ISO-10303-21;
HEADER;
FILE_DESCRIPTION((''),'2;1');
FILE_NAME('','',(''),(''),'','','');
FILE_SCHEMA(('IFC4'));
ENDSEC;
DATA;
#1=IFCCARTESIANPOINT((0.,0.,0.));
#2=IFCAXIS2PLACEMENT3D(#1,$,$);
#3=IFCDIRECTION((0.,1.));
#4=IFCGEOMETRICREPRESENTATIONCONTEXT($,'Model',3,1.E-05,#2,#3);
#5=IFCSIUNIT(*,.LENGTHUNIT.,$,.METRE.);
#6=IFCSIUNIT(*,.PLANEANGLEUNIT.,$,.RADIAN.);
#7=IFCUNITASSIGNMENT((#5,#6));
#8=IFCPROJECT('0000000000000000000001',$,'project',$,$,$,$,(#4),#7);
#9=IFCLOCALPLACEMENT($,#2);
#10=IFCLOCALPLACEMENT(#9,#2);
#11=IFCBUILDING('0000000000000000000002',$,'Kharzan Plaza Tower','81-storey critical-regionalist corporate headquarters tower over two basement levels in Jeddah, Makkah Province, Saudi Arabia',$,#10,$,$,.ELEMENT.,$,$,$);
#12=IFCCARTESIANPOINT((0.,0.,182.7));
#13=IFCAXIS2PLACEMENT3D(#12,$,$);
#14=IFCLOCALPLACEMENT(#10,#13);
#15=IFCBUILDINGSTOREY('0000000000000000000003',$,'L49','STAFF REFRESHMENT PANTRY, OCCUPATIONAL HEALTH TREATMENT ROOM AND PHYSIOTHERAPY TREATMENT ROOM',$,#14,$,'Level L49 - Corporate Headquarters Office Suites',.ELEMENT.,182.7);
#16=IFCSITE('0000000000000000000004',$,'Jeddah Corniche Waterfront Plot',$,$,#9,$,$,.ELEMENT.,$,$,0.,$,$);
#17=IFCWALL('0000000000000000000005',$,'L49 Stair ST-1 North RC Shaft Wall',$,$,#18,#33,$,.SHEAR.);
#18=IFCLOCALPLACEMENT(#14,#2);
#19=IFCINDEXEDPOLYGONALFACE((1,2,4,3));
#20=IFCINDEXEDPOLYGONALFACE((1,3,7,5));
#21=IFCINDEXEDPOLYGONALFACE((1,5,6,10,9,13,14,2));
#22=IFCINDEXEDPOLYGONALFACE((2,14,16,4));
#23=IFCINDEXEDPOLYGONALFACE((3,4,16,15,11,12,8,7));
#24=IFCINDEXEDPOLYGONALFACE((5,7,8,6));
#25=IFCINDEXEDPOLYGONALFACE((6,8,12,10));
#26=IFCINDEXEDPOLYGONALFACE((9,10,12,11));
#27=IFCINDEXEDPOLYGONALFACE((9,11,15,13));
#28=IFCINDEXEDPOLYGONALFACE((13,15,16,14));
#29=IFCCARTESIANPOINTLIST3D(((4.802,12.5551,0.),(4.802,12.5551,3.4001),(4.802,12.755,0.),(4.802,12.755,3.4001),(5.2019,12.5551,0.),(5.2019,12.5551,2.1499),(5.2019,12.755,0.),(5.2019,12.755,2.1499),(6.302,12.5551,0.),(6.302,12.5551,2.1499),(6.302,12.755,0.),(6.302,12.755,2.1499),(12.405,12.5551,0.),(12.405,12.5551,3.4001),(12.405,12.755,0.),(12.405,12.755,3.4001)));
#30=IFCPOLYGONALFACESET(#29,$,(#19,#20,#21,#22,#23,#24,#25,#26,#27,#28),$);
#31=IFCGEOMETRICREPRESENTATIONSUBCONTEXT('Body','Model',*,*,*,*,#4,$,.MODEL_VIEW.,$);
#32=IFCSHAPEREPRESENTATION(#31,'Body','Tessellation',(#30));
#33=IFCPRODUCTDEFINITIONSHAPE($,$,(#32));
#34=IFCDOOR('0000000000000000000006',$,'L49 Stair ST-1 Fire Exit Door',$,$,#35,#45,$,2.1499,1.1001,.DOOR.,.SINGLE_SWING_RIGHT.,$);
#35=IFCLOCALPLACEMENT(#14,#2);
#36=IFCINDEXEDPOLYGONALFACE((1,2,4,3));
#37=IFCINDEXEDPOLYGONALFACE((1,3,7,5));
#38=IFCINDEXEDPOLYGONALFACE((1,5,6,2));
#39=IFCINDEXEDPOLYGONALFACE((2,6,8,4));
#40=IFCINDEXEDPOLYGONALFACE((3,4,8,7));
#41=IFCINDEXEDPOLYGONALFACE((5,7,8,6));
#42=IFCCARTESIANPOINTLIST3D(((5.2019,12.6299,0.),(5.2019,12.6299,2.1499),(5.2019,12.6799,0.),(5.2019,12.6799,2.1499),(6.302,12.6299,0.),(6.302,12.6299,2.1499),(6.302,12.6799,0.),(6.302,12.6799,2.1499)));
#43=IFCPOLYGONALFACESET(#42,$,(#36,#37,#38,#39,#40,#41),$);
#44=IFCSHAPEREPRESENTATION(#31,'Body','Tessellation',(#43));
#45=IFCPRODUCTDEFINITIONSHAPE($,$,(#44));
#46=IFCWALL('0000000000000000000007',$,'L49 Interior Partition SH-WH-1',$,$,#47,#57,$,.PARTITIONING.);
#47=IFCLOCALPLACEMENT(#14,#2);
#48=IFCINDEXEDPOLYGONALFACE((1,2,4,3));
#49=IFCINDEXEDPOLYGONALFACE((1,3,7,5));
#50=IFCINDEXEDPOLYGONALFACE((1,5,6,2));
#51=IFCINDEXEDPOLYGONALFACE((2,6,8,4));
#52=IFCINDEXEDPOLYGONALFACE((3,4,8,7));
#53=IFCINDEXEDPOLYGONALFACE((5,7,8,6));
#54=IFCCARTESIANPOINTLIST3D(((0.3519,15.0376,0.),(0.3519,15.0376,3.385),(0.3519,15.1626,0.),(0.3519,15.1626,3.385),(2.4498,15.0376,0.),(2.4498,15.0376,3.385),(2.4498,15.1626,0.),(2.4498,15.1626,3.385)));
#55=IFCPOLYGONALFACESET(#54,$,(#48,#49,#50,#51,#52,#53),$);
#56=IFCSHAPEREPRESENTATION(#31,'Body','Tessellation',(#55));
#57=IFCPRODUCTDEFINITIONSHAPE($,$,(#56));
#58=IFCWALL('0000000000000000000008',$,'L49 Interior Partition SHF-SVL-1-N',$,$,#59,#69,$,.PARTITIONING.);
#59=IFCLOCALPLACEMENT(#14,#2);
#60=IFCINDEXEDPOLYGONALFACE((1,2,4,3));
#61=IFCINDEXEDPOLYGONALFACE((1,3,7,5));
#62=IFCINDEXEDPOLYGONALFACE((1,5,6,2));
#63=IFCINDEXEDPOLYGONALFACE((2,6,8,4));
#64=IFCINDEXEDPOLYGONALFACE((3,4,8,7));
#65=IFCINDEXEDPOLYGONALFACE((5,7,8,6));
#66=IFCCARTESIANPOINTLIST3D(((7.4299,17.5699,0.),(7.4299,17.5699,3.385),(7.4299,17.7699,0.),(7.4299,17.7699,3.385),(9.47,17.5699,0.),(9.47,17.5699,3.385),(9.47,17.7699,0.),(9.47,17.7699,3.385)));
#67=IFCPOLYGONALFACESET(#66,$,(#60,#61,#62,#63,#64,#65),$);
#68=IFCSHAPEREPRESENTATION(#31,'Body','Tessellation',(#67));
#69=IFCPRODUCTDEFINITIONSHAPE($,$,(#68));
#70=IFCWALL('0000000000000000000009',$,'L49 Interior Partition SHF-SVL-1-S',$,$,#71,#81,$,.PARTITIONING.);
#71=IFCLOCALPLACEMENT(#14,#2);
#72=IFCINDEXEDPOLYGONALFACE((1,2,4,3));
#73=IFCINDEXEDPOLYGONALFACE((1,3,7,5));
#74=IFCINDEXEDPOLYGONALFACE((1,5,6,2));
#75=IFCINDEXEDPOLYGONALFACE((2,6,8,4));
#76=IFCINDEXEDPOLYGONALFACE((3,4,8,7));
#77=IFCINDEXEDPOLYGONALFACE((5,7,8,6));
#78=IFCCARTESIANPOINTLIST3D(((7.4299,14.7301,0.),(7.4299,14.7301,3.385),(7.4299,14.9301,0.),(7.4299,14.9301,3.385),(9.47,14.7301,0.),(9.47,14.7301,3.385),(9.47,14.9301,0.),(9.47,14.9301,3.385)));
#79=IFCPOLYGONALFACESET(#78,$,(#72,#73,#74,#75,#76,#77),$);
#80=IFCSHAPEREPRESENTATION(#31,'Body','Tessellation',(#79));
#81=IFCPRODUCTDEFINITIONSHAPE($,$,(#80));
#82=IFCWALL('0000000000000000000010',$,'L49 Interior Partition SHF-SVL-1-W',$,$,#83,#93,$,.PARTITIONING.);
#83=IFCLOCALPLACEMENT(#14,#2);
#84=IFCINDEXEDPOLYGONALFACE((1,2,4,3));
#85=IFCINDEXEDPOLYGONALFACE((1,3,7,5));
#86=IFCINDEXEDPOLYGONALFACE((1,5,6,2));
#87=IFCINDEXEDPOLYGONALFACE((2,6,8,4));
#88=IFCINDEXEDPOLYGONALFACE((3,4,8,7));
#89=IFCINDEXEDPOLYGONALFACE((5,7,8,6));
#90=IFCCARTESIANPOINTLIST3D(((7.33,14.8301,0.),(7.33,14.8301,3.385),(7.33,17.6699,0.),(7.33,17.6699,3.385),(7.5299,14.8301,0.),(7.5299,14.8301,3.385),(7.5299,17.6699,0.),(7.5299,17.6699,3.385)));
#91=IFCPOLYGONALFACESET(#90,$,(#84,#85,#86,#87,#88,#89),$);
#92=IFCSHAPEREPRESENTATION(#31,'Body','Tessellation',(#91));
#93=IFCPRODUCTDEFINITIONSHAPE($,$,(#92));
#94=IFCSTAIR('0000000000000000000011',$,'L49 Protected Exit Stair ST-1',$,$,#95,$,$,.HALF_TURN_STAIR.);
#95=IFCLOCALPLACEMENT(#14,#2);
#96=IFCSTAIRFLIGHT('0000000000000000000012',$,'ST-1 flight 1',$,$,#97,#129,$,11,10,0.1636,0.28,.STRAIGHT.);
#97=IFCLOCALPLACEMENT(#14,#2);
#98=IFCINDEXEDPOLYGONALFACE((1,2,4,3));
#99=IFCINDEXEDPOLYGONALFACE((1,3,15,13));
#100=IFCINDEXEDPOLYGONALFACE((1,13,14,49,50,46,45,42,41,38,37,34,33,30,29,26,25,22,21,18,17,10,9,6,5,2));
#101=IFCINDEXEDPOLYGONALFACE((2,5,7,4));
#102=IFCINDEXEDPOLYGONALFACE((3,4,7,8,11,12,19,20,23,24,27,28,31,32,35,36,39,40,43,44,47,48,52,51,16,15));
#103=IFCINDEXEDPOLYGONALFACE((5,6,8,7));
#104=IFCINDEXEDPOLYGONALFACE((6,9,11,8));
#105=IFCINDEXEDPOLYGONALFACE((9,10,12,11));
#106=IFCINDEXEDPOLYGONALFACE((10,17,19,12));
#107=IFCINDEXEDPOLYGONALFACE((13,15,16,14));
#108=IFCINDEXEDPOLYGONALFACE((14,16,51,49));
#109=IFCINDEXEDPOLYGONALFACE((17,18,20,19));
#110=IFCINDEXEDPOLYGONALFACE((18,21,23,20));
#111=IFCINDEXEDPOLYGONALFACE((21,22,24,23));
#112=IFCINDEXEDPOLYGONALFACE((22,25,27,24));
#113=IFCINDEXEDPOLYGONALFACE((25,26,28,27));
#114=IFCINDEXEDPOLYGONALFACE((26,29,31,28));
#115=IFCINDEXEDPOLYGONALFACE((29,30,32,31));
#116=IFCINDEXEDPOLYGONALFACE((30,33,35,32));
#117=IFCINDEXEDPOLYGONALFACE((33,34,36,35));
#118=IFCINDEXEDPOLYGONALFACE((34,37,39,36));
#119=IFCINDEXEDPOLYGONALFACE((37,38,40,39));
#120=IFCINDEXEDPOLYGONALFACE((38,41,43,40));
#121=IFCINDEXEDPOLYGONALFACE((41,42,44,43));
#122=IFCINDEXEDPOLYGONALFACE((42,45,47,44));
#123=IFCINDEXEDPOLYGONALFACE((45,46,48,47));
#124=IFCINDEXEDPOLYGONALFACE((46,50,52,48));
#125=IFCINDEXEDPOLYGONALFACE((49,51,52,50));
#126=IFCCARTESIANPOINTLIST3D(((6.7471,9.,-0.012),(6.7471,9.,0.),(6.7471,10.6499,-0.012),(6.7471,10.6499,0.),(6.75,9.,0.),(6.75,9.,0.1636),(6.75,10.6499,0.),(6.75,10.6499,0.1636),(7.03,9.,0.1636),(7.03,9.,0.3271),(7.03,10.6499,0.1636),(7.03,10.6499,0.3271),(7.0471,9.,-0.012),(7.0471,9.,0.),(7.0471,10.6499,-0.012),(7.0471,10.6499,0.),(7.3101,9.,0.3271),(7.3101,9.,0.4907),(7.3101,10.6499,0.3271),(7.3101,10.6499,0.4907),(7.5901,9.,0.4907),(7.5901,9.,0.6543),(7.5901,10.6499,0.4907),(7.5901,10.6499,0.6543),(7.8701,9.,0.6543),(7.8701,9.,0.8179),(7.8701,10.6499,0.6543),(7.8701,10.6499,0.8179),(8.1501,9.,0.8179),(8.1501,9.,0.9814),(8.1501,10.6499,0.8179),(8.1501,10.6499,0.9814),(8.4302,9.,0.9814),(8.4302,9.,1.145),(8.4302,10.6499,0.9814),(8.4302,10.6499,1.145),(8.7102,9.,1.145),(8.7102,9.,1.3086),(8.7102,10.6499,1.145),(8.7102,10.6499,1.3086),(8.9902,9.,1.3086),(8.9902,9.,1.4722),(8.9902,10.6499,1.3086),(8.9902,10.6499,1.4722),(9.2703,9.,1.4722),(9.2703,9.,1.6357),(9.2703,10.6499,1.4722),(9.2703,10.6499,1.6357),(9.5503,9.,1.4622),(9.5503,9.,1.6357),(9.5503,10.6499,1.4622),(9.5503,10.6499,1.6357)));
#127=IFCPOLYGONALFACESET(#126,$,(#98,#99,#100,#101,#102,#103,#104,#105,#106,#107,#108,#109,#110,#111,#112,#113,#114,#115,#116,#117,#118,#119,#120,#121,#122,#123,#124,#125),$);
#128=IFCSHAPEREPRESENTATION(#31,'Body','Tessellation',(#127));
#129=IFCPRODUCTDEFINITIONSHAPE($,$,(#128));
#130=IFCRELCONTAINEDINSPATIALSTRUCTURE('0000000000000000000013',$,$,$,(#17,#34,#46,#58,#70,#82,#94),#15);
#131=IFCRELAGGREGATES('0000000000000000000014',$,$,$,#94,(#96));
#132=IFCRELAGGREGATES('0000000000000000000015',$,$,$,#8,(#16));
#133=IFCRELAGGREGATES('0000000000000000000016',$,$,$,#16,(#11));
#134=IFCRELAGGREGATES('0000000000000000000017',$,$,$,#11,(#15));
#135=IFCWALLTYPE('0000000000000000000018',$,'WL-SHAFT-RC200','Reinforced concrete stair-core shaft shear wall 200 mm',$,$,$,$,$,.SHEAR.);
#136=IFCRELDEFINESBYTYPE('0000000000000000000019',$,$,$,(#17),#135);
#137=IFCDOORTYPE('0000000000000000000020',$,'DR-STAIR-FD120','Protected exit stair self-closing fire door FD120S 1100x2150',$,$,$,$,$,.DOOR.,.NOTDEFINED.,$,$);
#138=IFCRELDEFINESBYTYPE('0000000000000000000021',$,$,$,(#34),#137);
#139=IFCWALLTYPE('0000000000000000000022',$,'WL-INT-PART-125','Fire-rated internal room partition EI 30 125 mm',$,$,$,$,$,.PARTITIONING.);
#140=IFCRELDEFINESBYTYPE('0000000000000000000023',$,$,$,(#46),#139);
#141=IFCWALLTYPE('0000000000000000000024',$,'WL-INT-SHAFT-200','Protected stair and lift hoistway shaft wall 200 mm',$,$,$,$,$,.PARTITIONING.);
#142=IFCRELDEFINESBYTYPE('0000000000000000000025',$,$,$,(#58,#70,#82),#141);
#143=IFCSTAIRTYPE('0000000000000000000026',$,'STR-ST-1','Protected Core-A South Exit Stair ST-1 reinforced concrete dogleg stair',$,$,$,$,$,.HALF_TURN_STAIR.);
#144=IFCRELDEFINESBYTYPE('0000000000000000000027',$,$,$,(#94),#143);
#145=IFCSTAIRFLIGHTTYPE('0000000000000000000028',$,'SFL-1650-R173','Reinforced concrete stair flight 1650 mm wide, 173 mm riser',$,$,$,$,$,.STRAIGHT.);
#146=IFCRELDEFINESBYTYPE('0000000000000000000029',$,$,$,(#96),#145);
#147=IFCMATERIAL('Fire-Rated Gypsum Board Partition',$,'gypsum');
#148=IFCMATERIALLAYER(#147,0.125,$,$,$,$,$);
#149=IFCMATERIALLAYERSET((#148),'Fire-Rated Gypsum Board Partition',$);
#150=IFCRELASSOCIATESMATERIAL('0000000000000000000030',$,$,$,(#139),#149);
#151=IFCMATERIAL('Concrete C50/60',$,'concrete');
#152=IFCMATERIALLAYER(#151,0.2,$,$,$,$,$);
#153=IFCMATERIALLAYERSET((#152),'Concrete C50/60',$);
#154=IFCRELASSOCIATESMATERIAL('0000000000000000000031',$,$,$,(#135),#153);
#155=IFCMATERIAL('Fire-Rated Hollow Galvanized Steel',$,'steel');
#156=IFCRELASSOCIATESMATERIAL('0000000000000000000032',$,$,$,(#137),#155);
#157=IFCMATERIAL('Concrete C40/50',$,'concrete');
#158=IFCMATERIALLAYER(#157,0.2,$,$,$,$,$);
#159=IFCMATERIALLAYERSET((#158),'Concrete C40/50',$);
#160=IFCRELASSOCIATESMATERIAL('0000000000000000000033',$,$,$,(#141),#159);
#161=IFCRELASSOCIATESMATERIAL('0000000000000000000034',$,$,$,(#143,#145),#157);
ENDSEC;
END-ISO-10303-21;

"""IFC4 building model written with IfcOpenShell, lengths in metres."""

from ifc_helpers import new_model, si_unit, direction, frame, frame_2d, origin, place, context, subcontext, project, spatial, polyline, rectangle, outline, extrude, source, transform, mapped, material, layer, layer_set, type_object, element, fill, aggregate, save


model = new_model("IFC4")

# Units and contexts
model_context = context("Model", 3, precision=1e-05, world=origin(), true_north=direction((0.0, 1.0)))
body_context = subcontext(model_context, "Body", "Model", "MODEL_VIEW")
ifc_project = project(units=[si_unit("LENGTHUNIT", "METRE"), si_unit("PLANEANGLEUNIT", "RADIAN")], contexts=[model_context])

# Site, building, storey
site_placement = place(None, origin())
site = spatial("IfcSite", under=ifc_project, at=site_placement, Name="Jeddah Corniche Waterfront Plot", CompositionType="ELEMENT", RefElevation=0.0)
building_placement = place(site_placement, origin())
building = spatial("IfcBuilding", under=site, at=building_placement, Name="Kharzan Plaza Tower", Description="81-storey critical-regionalist corporate headquarters tower over two basement levels in Jeddah, Makkah Province, Saudi Arabia", CompositionType="ELEMENT")
storey_placement = place(building_placement, frame((0.0, 0.0, 182.7)))
storey = spatial("IfcBuildingStorey", under=building, at=storey_placement, Name="L49", Description="STAFF REFRESHMENT PANTRY, OCCUPATIONAL HEALTH TREATMENT ROOM AND PHYSIOTHERAPY TREATMENT ROOM", LongName="Level L49 - Corporate Headquarters Office Suites", CompositionType="ELEMENT", Elevation=182.7)

# Shared definitions
ifc_material_1 = material(Name="Concrete C50/60", Category="concrete")

# Shared definitions
ifc_material_2 = material(Name="Concrete C40/50", Category="concrete")

# Wall, opening, door
ifc_material_3 = material(Name="Fire-Rated Gypsum Board Partition", Category="gypsum")
ifc_layer_1 = layer(ifc_material_3, 0.125)
ifc_layer_set_1 = layer_set([ifc_layer_1], Name="Fire-Rated Gypsum Board Partition")
wall_type_1 = type_object("IfcWallType", Name="WL-INT-PART-125", Description="Fire-rated internal room partition EI 30 125 mm", PredefinedType="PARTITIONING", material=ifc_layer_set_1)
ifc_layer_2 = layer(ifc_material_1, 0.2)
ifc_layer_set_2 = layer_set([ifc_layer_2], Name="Concrete C50/60")
wall_type_2 = type_object("IfcWallType", Name="WL-SHAFT-RC200", Description="Reinforced concrete stair-core shaft shear wall 200 mm", PredefinedType="SHEAR", material=ifc_layer_set_2)
wall_1_placement = place(storey_placement, frame((4.802, 12.655, 0.0), z_axis=(0.0, 0.0, 1.0), x_axis=(1.0, 0.0, 0.0)))
wall_1 = element("IfcWall", 1, at=wall_1_placement, inside=storey, type_object=wall_type_2, Name="L49 Stair ST-1 North RC Shaft Wall", PredefinedType="SHEAR", context=body_context, shape_type="SweptSolid", body=[
    extrude(rectangle(XDim=7.603, YDim=0.2, at=frame_2d((3.8015, 0.0))), origin(), (0.0, 0.0, 1.0), 3.4001),
])
opening_1_placement = place(wall_1_placement, frame((0.3999, 0.0, 0.0)))
opening_1 = element("IfcOpeningElement", 2, at=opening_1_placement, cuts=wall_1, PredefinedType="OPENING", context=body_context, shape_type="SweptSolid", body=[
    extrude(rectangle(XDim=1.1001, YDim=2.1499, at=frame_2d((0.55, 1.075))), frame((0.0, 0.1099, 0.0), z_axis=(0.0, -1.0, 0.0), x_axis=(1.0, 0.0, 0.0)), (0.0, 0.0, 1.0), 0.22),
])
ifc_material_4 = material(Name="Fire-Rated Hollow Galvanized Steel", Category="steel")
door_type_1 = type_object("IfcDoorType", Name="DR-STAIR-FD120", Description="Protected exit stair self-closing fire door FD120S 1100x2150", OperationType="NOTDEFINED", PredefinedType="DOOR", material=ifc_material_4)
shared_shape_1 = source(origin(), body_context, "Body", "SweptSolid", [
    extrude(rectangle(XDim=1.1001, YDim=2.1499, at=frame_2d((0.55, 1.075))), frame((0.0, 0.0249, 0.0), z_axis=(0.0, -1.0, 0.0), x_axis=(1.0, 0.0, 0.0)), (0.0, 0.0, 1.0), 0.05),
])
door_1_placement = place(opening_1_placement, origin())
door_1 = element("IfcDoor", 3, at=door_1_placement, inside=storey, type_object=door_type_1, Name="L49 Stair ST-1 Fire Exit Door", OperationType="SINGLE_SWING_RIGHT", OverallHeight=2.1499, OverallWidth=1.1001, PredefinedType="DOOR", context=body_context, shape_type="MappedRepresentation", body=[
    mapped(shared_shape_1, transform((0.0, 0.0, 0.0), x_axis=(1.0, 0.0, 0.0), y_axis=(0.0, 1.0, 0.0), z_axis=(0.0, 0.0, 1.0))),
])
fill(opening_1, door_1)

# Walls
shared_shape_2 = source(origin(), body_context, "Body", "SweptSolid", [
    extrude(rectangle(XDim=2.0979, YDim=0.125, at=frame_2d((1.0488, 0.0))), origin(), (0.0, 0.0, 1.0), 3.385),
])
wall_2_placement = place(storey_placement, frame((0.3521, 15.1001, 0.0), z_axis=(0.0, 0.0, 1.0), x_axis=(1.0, 0.0, 0.0)))
element("IfcWall", 4, at=wall_2_placement, inside=storey, type_object=wall_type_1, Name="L49 Interior Partition SH-WH-1", PredefinedType="PARTITIONING", context=body_context, shape_type="MappedRepresentation", body=[
    mapped(shared_shape_2, transform((0.0, 0.0, 0.0), x_axis=(1.0, 0.0, 0.0), y_axis=(0.0, 1.0, 0.0), z_axis=(0.0, 0.0, 1.0))),
])
ifc_layer_3 = layer(ifc_material_2, 0.2)
ifc_layer_set_3 = layer_set([ifc_layer_3], Name="Concrete C40/50")
wall_type_3 = type_object("IfcWallType", Name="WL-INT-SHAFT-200", Description="Protected stair and lift hoistway shaft wall 200 mm", PredefinedType="PARTITIONING", material=ifc_layer_set_3)
shared_shape_3 = source(origin(), body_context, "Body", "SweptSolid", [
    extrude(rectangle(XDim=2.04, YDim=0.2, at=frame_2d((1.02, 0.0))), origin(), (0.0, 0.0, 1.0), 3.385),
])
for number, where, z_axis, x_axis, name in (
    (5, (7.4299, 17.6699, 0.0), (0.0, 0.0, 1.0), (1.0, 0.0, 0.0), "L49 Interior Partition SHF-SVL-1-N"),
    (6, (7.4299, 14.8301, 0.0), (0.0, 0.0, 1.0), (1.0, 0.0, 0.0), "L49 Interior Partition SHF-SVL-1-S"),
):
    element("IfcWall", number, at=place(storey_placement, frame(where, z_axis=z_axis, x_axis=x_axis)), inside=storey, type_object=wall_type_3, Name=name, PredefinedType="PARTITIONING", context=body_context, shape_type="MappedRepresentation", body=[
        mapped(shared_shape_3, transform((0.0, 0.0, 0.0), x_axis=(1.0, 0.0, 0.0), y_axis=(0.0, 1.0, 0.0), z_axis=(0.0, 0.0, 1.0))),
    ])
shared_shape_4 = source(origin(), body_context, "Body", "SweptSolid", [
    extrude(rectangle(XDim=2.8398, YDim=0.2, at=frame_2d((1.4199, 0.0))), origin(), (0.0, 0.0, 1.0), 3.385),
])
wall_3_placement = place(storey_placement, frame((7.4299, 14.8301, 0.0), z_axis=(0.0, 0.0, 1.0), x_axis=(0.0, 1.0, 0.0)))
element("IfcWall", 7, at=wall_3_placement, inside=storey, type_object=wall_type_3, Name="L49 Interior Partition SHF-SVL-1-W", PredefinedType="PARTITIONING", context=body_context, shape_type="MappedRepresentation", body=[
    mapped(shared_shape_4, transform((0.0, 0.0, 0.0), x_axis=(1.0, 0.0, 0.0), y_axis=(0.0, 1.0, 0.0), z_axis=(0.0, 0.0, 1.0))),
])

# Stair, stair flight
stair_type = type_object("IfcStairType", Name="STR-ST-1", Description="Protected Core-A South Exit Stair ST-1 reinforced concrete dogleg stair", PredefinedType="HALF_TURN_STAIR", material=ifc_material_2)
stair_placement = place(storey_placement, origin())
stair = element("IfcStair", 8, at=stair_placement, inside=storey, type_object=stair_type, Name="L49 Protected Exit Stair ST-1", PredefinedType="HALF_TURN_STAIR")
stair_flight_type = type_object("IfcStairFlightType", Name="SFL-1650-R173", Description="Reinforced concrete stair flight 1650 mm wide, 173 mm riser", PredefinedType="STRAIGHT", material=ifc_material_2)
shared_shape_5 = source(origin(), body_context, "Body", "SweptSolid", [
    extrude(outline(polyline([(-0.0029, -0.012), (-0.0029, 0.0), (0.0, 0.0), (0.0, 0.1636), (0.28, 0.1636), (0.28, 0.3271), (0.5601, 0.3271), (0.5601, 0.4907), (0.8401, 0.4907), (0.8401, 0.6543), (1.1201, 0.6543), (1.1201, 0.8179), (1.4001, 0.8179), (1.4001, 0.9814), (1.6802, 0.9814), (1.6802, 1.145), (1.9602, 1.145), (1.9602, 1.3086), (2.2402, 1.3086), (2.2402, 1.4722), (2.5203, 1.4722), (2.5203, 1.6357), (2.8003, 1.6357), (2.8003, 1.7993), (2.8003, 1.4622), (0.2971, 0.0), (0.2971, -0.012), (-0.0029, -0.012)])), frame((0.0, 0.825, 0.0), z_axis=(0.0, -1.0, 0.0), x_axis=(1.0, 0.0, 0.0)), (0.0, 0.0, 1.0), 1.6499),
])
stair_flight_placement = place(storey_placement, frame((6.75, 9.825, 0.0), z_axis=(0.0, 0.0, 1.0), x_axis=(1.0, 0.0, 0.0)))
stair_flight = element("IfcStairFlight", 9, at=stair_flight_placement, type_object=stair_flight_type, Name="ST-1 flight 1", NumberOfRisers=11, NumberOfTreads=10, PredefinedType="STRAIGHT", RiserHeight=0.1636, TreadLength=0.28, context=body_context, shape_type="MappedRepresentation", body=[
    mapped(shared_shape_5, transform((0.0, 0.0, 0.0), x_axis=(1.0, 0.0, 0.0), y_axis=(0.0, 1.0, 0.0), z_axis=(0.0, 0.0, 1.0))),
])
aggregate(stair, [stair_flight])

save(model, "model.ifc")
